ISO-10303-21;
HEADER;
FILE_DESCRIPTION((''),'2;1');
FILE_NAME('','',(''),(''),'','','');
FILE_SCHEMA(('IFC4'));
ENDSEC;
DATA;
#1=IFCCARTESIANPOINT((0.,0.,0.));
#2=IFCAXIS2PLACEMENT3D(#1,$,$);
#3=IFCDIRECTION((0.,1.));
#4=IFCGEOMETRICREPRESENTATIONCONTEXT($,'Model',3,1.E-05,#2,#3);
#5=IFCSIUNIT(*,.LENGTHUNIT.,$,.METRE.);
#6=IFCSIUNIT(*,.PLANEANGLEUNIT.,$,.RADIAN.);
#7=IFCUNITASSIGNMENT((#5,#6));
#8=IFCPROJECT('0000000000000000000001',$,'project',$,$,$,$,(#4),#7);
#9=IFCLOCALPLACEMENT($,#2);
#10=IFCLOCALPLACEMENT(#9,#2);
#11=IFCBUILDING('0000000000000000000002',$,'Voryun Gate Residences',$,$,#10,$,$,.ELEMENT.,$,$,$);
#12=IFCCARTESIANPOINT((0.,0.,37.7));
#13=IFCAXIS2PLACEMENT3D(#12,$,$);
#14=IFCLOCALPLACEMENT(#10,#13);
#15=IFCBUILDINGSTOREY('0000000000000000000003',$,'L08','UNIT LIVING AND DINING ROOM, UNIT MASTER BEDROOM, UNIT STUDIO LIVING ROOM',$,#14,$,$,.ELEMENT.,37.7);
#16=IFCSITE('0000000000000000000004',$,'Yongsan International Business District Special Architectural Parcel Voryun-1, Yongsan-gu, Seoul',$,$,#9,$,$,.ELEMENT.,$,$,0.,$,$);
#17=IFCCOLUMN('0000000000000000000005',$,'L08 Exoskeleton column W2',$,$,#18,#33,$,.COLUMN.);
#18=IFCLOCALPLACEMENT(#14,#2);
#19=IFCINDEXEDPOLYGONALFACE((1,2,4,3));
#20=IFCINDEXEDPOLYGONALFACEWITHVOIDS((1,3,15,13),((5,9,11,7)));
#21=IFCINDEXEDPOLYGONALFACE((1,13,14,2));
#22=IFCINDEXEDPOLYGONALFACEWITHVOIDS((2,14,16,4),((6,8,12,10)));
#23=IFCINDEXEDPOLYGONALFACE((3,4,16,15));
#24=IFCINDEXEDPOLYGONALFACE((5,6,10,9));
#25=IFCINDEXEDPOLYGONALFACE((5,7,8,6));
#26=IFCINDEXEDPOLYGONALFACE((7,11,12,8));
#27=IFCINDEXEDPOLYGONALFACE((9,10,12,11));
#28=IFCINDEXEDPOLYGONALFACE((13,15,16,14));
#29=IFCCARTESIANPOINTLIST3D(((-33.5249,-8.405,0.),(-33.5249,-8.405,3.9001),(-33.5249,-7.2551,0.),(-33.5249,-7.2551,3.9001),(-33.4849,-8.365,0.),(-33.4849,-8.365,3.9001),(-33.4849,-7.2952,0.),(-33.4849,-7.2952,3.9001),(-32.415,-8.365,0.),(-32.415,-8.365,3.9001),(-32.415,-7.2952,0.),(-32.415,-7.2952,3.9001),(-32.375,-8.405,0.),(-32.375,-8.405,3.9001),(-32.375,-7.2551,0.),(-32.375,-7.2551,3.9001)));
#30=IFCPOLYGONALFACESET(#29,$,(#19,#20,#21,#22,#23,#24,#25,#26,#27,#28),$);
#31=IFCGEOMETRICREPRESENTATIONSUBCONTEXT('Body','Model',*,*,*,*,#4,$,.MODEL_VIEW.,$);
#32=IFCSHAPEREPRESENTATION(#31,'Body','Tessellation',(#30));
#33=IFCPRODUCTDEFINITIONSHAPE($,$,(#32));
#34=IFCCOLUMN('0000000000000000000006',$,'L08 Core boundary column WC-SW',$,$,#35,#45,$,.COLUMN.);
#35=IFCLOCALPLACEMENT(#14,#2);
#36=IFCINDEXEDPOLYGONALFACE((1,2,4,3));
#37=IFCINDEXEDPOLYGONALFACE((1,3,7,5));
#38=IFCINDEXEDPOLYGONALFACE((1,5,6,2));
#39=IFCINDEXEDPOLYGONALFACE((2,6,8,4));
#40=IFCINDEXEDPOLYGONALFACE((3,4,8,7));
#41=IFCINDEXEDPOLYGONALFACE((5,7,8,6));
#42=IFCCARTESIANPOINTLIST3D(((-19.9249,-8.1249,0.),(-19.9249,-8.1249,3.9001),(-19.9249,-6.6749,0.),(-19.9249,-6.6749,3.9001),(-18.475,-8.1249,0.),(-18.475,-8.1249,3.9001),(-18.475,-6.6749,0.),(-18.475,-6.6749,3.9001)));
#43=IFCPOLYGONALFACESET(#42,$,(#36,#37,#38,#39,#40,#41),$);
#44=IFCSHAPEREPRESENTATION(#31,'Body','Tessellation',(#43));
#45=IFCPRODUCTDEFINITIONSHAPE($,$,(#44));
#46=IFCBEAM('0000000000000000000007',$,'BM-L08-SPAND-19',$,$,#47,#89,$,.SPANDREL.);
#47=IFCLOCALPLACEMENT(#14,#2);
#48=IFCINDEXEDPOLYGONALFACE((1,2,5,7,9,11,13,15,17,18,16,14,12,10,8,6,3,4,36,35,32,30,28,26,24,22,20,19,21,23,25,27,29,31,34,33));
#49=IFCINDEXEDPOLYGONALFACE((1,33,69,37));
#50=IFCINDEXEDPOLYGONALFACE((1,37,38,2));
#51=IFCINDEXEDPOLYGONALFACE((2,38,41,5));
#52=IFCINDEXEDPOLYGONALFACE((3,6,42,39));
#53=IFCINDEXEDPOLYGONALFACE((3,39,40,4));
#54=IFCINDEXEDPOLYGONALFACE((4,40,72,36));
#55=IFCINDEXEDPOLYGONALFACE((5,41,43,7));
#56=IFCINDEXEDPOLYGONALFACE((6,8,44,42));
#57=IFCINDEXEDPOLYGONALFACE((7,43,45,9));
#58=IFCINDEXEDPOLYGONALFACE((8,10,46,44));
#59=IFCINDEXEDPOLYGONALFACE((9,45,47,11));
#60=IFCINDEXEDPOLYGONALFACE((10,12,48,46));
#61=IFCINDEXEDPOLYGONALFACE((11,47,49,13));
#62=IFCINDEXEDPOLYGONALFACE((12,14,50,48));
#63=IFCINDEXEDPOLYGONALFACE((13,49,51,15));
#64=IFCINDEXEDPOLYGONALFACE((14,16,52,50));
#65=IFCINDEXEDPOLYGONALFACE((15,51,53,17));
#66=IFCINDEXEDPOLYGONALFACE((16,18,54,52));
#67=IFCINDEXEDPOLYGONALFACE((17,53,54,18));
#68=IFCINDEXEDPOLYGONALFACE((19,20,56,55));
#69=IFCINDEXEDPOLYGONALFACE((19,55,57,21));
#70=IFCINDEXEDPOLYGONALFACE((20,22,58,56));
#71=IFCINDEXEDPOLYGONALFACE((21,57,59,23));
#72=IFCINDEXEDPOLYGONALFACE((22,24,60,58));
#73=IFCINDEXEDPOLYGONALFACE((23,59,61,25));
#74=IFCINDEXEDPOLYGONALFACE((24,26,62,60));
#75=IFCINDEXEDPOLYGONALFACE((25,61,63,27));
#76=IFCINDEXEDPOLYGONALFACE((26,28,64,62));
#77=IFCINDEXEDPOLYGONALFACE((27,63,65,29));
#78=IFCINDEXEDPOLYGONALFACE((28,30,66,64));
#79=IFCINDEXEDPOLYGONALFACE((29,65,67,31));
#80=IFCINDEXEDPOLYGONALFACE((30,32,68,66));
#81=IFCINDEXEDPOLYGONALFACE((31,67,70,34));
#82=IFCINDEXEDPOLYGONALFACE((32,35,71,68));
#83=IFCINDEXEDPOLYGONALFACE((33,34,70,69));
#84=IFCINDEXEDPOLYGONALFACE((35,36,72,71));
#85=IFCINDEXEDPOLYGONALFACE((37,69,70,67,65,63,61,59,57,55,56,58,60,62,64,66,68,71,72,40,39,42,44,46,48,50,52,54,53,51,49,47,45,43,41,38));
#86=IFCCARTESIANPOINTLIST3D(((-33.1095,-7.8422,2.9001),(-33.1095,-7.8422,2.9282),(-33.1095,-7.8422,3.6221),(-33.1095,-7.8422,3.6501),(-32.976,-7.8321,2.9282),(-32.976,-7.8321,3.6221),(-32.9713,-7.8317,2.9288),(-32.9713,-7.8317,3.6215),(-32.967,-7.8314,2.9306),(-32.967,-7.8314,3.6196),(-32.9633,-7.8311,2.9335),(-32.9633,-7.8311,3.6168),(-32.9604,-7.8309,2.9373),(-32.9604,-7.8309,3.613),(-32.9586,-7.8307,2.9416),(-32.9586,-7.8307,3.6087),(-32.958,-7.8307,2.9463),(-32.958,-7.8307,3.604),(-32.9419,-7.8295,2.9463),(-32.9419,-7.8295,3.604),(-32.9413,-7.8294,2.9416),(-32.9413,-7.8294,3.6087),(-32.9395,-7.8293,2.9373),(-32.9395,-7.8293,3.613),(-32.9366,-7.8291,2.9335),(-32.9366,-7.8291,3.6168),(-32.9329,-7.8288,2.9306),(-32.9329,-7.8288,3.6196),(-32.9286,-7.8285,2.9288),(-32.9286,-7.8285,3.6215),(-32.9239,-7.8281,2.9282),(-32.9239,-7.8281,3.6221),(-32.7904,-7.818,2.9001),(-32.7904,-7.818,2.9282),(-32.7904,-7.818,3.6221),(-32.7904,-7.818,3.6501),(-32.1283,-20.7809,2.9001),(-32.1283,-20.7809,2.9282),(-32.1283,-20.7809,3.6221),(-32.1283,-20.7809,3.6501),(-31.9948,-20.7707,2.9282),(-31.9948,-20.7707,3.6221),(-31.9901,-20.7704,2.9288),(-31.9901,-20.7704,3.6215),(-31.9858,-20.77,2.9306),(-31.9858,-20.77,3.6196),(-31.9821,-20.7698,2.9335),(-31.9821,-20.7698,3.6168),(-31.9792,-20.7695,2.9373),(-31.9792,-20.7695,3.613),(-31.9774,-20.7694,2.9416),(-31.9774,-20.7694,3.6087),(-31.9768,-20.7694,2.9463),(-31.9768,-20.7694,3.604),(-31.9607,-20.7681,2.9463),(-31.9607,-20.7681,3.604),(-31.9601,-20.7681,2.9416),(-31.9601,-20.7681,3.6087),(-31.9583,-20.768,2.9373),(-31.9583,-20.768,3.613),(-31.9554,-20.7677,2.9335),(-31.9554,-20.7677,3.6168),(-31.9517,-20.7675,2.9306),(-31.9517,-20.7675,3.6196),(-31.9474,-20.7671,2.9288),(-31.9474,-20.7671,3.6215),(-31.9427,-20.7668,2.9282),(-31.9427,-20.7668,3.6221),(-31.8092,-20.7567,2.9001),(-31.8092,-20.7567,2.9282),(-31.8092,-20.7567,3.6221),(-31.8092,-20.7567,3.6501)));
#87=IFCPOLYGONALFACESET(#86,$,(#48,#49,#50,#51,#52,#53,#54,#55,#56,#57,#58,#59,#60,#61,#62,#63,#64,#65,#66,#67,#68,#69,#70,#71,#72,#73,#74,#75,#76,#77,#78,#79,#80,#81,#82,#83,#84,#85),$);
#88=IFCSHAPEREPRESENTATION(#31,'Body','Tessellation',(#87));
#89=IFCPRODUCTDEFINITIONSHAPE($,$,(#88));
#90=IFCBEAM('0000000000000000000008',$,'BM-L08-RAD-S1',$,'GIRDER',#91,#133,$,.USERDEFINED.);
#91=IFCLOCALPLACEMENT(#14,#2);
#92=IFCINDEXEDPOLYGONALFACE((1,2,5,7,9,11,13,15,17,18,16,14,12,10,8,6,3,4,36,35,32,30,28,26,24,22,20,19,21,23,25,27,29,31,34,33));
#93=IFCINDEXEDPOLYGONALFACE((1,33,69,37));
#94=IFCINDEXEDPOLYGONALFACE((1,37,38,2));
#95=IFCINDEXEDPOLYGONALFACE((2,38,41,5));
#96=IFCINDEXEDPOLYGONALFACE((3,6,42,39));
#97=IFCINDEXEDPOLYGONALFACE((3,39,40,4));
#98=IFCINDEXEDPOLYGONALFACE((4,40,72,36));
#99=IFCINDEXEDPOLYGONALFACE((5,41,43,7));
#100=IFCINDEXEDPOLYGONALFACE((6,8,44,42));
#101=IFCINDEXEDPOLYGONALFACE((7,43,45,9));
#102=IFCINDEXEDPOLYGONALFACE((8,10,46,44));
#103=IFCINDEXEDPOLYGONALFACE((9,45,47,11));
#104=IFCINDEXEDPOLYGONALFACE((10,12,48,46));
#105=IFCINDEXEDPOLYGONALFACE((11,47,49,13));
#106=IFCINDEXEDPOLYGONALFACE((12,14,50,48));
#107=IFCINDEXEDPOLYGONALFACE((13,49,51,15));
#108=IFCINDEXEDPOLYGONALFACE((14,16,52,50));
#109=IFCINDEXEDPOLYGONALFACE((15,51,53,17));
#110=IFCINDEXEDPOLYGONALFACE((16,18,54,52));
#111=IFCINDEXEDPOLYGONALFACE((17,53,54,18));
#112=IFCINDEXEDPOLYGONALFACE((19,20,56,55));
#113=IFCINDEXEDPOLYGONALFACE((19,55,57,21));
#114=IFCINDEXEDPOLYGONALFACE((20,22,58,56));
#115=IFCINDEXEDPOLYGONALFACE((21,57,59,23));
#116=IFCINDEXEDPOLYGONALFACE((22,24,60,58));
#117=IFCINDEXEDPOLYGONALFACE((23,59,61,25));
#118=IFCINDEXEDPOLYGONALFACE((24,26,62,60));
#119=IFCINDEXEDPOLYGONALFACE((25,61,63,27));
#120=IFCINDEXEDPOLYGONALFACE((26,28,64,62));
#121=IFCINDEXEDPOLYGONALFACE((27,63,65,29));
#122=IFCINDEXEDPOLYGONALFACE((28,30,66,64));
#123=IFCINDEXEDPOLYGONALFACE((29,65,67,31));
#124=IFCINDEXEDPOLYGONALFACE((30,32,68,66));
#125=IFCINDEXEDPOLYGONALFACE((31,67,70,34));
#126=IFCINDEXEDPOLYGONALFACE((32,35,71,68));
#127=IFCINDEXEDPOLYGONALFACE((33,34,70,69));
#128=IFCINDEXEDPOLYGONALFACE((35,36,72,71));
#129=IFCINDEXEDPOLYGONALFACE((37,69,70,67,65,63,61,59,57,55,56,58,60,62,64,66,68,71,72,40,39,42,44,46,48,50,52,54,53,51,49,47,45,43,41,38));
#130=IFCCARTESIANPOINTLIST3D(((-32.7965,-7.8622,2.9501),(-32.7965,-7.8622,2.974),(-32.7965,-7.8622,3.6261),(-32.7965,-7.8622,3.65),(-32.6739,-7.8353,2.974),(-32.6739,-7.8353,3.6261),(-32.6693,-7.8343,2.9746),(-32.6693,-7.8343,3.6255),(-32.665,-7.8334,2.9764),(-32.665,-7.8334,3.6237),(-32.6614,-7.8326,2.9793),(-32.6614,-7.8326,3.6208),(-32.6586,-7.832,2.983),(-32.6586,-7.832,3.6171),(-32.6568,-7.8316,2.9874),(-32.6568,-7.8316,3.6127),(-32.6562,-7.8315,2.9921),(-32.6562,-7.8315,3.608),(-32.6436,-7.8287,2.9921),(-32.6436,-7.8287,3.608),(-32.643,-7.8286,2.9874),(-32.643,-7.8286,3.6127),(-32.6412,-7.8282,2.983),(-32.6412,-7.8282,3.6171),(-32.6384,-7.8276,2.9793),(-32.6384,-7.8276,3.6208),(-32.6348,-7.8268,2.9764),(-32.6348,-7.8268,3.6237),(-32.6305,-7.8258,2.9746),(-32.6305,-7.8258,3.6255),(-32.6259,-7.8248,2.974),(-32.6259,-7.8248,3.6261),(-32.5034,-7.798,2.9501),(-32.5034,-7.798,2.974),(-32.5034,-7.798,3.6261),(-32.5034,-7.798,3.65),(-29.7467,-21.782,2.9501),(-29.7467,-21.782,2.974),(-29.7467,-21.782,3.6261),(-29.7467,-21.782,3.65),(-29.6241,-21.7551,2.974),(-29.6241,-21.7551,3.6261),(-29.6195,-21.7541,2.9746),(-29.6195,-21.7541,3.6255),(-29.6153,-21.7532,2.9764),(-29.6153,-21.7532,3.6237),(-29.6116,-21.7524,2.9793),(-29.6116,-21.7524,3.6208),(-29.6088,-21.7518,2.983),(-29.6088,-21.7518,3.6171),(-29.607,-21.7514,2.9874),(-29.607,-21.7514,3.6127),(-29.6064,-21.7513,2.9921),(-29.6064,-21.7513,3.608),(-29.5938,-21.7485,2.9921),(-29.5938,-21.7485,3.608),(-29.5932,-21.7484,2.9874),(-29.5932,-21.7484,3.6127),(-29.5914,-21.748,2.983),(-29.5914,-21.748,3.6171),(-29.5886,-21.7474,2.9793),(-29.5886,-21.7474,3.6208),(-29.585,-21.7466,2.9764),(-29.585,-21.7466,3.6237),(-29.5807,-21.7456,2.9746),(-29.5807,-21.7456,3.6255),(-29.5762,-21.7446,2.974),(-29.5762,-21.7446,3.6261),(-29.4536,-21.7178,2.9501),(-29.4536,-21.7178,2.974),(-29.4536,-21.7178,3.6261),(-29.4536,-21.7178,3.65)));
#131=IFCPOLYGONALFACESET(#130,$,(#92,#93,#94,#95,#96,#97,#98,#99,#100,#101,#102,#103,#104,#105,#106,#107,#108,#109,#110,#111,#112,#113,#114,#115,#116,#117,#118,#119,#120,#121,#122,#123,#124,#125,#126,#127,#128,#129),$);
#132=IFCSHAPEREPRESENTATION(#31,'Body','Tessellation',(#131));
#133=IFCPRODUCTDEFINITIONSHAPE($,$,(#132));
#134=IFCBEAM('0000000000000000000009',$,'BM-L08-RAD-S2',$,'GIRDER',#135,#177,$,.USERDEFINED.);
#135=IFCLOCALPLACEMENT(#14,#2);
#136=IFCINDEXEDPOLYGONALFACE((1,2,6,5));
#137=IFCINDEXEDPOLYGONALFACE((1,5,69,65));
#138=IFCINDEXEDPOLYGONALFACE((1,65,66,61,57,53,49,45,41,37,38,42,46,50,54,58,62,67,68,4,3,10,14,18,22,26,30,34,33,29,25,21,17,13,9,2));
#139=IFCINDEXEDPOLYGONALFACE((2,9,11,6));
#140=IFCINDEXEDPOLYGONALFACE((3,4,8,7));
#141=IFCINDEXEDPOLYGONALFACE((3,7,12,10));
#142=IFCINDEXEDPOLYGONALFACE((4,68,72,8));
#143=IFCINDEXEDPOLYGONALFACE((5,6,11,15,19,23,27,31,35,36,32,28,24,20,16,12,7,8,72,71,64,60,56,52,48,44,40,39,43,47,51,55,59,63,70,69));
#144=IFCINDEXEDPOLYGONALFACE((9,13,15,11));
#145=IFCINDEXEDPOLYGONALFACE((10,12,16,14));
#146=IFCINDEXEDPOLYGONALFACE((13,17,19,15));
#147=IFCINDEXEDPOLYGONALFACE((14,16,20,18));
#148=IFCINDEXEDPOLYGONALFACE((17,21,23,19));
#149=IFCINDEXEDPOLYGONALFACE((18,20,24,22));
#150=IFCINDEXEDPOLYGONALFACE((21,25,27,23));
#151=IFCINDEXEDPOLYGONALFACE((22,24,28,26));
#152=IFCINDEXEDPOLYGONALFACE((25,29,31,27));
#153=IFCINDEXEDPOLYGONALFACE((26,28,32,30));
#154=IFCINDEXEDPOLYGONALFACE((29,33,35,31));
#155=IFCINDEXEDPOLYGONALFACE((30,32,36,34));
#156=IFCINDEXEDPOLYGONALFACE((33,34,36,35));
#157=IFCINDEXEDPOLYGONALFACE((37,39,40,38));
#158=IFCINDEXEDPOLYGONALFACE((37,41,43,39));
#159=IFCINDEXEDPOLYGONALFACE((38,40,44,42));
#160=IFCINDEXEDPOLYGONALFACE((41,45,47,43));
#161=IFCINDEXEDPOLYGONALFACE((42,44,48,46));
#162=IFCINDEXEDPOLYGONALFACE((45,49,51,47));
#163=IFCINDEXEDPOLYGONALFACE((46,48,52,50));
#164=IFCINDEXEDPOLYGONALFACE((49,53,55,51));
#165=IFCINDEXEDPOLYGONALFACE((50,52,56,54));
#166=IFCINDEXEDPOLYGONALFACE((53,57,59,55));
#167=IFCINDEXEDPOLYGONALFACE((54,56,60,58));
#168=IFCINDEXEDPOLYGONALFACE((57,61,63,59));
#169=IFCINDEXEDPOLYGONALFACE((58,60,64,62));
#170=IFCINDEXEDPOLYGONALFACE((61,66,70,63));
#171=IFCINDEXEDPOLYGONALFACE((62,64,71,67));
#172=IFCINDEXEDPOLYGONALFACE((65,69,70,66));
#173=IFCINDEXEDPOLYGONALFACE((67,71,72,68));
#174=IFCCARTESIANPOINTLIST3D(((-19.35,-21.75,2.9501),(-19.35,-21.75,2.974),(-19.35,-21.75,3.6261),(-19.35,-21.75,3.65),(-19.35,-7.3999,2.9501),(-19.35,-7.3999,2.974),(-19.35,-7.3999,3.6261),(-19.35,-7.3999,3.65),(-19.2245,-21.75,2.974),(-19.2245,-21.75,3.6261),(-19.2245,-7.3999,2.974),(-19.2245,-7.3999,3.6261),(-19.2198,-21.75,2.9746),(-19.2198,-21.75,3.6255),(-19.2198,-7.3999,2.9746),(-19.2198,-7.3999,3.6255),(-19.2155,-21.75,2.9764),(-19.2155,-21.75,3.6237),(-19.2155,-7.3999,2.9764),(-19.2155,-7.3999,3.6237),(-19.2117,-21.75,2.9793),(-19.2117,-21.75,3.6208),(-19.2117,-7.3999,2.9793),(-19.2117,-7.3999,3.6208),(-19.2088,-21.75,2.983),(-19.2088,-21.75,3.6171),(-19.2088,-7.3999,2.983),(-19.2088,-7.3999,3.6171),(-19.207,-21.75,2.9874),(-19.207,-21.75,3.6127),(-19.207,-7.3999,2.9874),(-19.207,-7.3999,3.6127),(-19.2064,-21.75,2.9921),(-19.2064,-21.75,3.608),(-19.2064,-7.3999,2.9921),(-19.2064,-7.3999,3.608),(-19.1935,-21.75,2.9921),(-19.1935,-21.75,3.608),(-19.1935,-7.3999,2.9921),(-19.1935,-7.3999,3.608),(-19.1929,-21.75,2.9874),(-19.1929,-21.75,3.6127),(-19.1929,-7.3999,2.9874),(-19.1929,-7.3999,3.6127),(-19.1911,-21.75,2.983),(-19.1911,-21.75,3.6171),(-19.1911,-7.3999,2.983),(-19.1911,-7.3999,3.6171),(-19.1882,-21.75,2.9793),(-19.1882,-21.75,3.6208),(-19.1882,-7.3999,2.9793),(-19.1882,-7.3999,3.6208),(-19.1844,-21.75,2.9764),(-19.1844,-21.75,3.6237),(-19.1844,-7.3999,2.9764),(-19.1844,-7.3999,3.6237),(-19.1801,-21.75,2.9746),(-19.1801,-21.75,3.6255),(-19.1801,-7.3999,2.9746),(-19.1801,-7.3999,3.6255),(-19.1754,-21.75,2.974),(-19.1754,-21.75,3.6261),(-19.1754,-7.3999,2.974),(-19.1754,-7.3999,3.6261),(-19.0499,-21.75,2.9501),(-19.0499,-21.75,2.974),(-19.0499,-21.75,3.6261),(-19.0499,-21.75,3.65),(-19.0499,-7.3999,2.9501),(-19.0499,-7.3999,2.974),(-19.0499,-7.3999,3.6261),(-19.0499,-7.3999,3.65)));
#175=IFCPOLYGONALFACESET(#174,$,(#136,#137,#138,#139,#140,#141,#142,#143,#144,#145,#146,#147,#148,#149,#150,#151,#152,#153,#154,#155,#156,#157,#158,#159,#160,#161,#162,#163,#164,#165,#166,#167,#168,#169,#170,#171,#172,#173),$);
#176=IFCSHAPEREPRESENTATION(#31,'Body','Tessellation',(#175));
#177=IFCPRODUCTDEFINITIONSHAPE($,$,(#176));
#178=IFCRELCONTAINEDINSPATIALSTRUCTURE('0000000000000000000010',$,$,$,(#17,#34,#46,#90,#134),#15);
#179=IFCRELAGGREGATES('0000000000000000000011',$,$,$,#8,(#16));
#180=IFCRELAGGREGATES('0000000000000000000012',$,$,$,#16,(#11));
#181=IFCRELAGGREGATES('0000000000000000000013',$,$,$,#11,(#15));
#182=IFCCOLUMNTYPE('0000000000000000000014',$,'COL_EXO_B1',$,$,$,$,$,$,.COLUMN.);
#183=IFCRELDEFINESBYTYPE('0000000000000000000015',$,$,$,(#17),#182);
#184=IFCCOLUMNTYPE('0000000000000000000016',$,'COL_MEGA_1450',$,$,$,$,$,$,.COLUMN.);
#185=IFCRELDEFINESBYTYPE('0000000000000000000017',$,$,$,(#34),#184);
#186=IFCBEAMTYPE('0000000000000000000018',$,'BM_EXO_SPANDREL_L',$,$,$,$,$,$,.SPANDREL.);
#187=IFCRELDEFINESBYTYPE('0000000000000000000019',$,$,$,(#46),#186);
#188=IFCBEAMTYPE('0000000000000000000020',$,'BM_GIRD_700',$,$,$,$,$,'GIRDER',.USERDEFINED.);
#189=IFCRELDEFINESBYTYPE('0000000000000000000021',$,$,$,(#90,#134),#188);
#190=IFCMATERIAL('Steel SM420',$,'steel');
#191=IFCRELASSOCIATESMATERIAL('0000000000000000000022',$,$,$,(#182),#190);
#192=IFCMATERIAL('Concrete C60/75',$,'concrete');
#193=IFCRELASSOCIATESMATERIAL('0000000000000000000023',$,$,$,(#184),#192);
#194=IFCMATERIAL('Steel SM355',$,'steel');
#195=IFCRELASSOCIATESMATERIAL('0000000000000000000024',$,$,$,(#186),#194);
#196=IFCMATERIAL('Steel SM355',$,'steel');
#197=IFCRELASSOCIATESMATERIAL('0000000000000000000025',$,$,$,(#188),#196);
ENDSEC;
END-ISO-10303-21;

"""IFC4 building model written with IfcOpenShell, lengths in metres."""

from ifc_helpers import new_model, si_unit, direction, frame, origin, origin_2d, place, context, subcontext, project, spatial, rectangle, hollow_rectangle, i_section, extrude, material, material_profile, profile_set, type_object, element, save


model = new_model("IFC4")

# Units and contexts
model_context = context("Model", 3, precision=1e-05, world=origin(), true_north=direction((0.0, 1.0)))
body_context = subcontext(model_context, "Body", "Model", "MODEL_VIEW")
ifc_project = project(units=[si_unit("LENGTHUNIT", "METRE"), si_unit("PLANEANGLEUNIT", "RADIAN")], contexts=[model_context])

# Site, building, storey
site_placement = place(None, origin())
site = spatial("IfcSite", under=ifc_project, at=site_placement, Name="Yongsan International Business District Special Architectural Parcel Voryun-1, Yongsan-gu, Seoul", CompositionType="ELEMENT", RefElevation=0.0)
building_placement = place(site_placement, origin())
building = spatial("IfcBuilding", under=site, at=building_placement, Name="Voryun Gate Residences", CompositionType="ELEMENT")
storey_placement = place(building_placement, frame((0.0, 0.0, 37.7)))
storey = spatial("IfcBuildingStorey", under=building, at=storey_placement, Name="L08", Description="UNIT LIVING AND DINING ROOM, UNIT MASTER BEDROOM, UNIT STUDIO LIVING ROOM", CompositionType="ELEMENT", Elevation=37.7)

# Columns
ifc_material_1 = material(Name="Steel SM420", Category="steel")
ifc_material_profile_1 = material_profile(ifc_material_1, hollow_rectangle(XDim=1.1499, YDim=1.1499, WallThickness=0.04, at=origin_2d()), Name="BOX-1150x1150x40")
ifc_profile_set_1 = profile_set([ifc_material_profile_1], Name="Steel SM420")
column_type_1 = type_object("IfcColumnType", Name="COL_EXO_B1", PredefinedType="COLUMN", material=ifc_profile_set_1)
column_1_placement = place(storey_placement, frame((-32.95, -7.8301, 0.0), z_axis=(0.0, 0.0, 1.0), x_axis=(1.0, 0.0, 0.0)))
element("IfcColumn", 1, at=column_1_placement, inside=storey, type_object=column_type_1, Name="L08 Exoskeleton column W2", PredefinedType="COLUMN", context=body_context, shape_type="SweptSolid", body=[
    extrude(hollow_rectangle(XDim=1.1499, YDim=1.1499, WallThickness=0.04, at=origin_2d()), origin(), (0.0, 0.0, 1.0), 3.9001),
])
ifc_material_2 = material(Name="Concrete C60/75", Category="concrete")
ifc_material_profile_2 = material_profile(ifc_material_2, rectangle(XDim=1.45, YDim=1.45, at=origin_2d()), Name="RC-1450x1450")
ifc_profile_set_2 = profile_set([ifc_material_profile_2], Name="Concrete C60/75")
column_type_2 = type_object("IfcColumnType", Name="COL_MEGA_1450", PredefinedType="COLUMN", material=ifc_profile_set_2)
column_2_placement = place(storey_placement, frame((-19.2, -7.3999, 0.0), z_axis=(0.0, 0.0, 1.0), x_axis=(1.0, 0.0, 0.0)))
element("IfcColumn", 2, at=column_2_placement, inside=storey, type_object=column_type_2, Name="L08 Core boundary column WC-SW", PredefinedType="COLUMN", context=body_context, shape_type="SweptSolid", body=[
    extrude(rectangle(XDim=1.45, YDim=1.45, at=origin_2d()), origin(), (0.0, 0.0, 1.0), 3.9001),
])

# Beams
ifc_material_3 = material(Name="Steel SM355", Category="steel")
ifc_material_profile_3 = material_profile(ifc_material_3, i_section(OverallWidth=0.3201, OverallDepth=0.75, WebThickness=0.0161, FlangeThickness=0.0281, FilletRadius=0.0181, at=origin_2d()), Name="H-750x320x16x28")
ifc_profile_set_3 = profile_set([ifc_material_profile_3], Name="Steel SM355")
beam_type_1 = type_object("IfcBeamType", Name="BM_EXO_SPANDREL_L", PredefinedType="SPANDREL", material=ifc_profile_set_3)
beam_1_placement = place(storey_placement, frame((-32.95, -7.8301, 3.2751), z_axis=(0.075617, -0.997137, 0.0), x_axis=(0.997137, 0.075617, 0.0)))
element("IfcBeam", 3, at=beam_1_placement, inside=storey, type_object=beam_type_1, Name="BM-L08-SPAND-19", PredefinedType="SPANDREL", context=body_context, shape_type="SweptSolid", body=[
    extrude(i_section(OverallWidth=0.3201, OverallDepth=0.75, WebThickness=0.0161, FlangeThickness=0.0281, FilletRadius=0.0181, at=origin_2d()), origin(), (0.0, 0.0, 1.0), 12.9758),
])
ifc_material_4 = material(Name="Steel SM355", Category="steel")
ifc_material_profile_4 = material_profile(ifc_material_4, i_section(OverallWidth=0.3, OverallDepth=0.7, WebThickness=0.0129, FlangeThickness=0.0239, FilletRadius=0.0181, at=origin_2d()), Name="H-700x300x13x24")
ifc_profile_set_4 = profile_set([ifc_material_profile_4], Name="Steel SM355")
beam_type_2 = type_object("IfcBeamType", Name="BM_GIRD_700", ElementType="GIRDER", PredefinedType="USERDEFINED", material=ifc_profile_set_4)
beam_2_placement = place(storey_placement, frame((-32.6499, -7.8301, 3.3), z_axis=(0.21402, -0.976829, 0.0), x_axis=(0.976829, 0.21402, 0.0)))
element("IfcBeam", 4, at=beam_2_placement, inside=storey, type_object=beam_type_2, Name="BM-L08-RAD-S1", ObjectType="GIRDER", PredefinedType="USERDEFINED", context=body_context, shape_type="SweptSolid", body=[
    extrude(i_section(OverallWidth=0.3, OverallDepth=0.7, WebThickness=0.0129, FlangeThickness=0.0239, FilletRadius=0.0181, at=origin_2d()), origin(), (0.0, 0.0, 1.0), 14.25),
])
beam_3_placement = place(storey_placement, frame((-19.2, -7.3999, 3.3), z_axis=(0.0, -1.0, 0.0), x_axis=(1.0, 0.0, 0.0)))
element("IfcBeam", 5, at=beam_3_placement, inside=storey, type_object=beam_type_2, Name="BM-L08-RAD-S2", ObjectType="GIRDER", PredefinedType="USERDEFINED", context=body_context, shape_type="SweptSolid", body=[
    extrude(i_section(OverallWidth=0.3, OverallDepth=0.7, WebThickness=0.0129, FlangeThickness=0.0239, FilletRadius=0.0181, at=origin_2d()), origin(), (0.0, 0.0, 1.0), 14.3501),
])

save(model, "model.ifc")
